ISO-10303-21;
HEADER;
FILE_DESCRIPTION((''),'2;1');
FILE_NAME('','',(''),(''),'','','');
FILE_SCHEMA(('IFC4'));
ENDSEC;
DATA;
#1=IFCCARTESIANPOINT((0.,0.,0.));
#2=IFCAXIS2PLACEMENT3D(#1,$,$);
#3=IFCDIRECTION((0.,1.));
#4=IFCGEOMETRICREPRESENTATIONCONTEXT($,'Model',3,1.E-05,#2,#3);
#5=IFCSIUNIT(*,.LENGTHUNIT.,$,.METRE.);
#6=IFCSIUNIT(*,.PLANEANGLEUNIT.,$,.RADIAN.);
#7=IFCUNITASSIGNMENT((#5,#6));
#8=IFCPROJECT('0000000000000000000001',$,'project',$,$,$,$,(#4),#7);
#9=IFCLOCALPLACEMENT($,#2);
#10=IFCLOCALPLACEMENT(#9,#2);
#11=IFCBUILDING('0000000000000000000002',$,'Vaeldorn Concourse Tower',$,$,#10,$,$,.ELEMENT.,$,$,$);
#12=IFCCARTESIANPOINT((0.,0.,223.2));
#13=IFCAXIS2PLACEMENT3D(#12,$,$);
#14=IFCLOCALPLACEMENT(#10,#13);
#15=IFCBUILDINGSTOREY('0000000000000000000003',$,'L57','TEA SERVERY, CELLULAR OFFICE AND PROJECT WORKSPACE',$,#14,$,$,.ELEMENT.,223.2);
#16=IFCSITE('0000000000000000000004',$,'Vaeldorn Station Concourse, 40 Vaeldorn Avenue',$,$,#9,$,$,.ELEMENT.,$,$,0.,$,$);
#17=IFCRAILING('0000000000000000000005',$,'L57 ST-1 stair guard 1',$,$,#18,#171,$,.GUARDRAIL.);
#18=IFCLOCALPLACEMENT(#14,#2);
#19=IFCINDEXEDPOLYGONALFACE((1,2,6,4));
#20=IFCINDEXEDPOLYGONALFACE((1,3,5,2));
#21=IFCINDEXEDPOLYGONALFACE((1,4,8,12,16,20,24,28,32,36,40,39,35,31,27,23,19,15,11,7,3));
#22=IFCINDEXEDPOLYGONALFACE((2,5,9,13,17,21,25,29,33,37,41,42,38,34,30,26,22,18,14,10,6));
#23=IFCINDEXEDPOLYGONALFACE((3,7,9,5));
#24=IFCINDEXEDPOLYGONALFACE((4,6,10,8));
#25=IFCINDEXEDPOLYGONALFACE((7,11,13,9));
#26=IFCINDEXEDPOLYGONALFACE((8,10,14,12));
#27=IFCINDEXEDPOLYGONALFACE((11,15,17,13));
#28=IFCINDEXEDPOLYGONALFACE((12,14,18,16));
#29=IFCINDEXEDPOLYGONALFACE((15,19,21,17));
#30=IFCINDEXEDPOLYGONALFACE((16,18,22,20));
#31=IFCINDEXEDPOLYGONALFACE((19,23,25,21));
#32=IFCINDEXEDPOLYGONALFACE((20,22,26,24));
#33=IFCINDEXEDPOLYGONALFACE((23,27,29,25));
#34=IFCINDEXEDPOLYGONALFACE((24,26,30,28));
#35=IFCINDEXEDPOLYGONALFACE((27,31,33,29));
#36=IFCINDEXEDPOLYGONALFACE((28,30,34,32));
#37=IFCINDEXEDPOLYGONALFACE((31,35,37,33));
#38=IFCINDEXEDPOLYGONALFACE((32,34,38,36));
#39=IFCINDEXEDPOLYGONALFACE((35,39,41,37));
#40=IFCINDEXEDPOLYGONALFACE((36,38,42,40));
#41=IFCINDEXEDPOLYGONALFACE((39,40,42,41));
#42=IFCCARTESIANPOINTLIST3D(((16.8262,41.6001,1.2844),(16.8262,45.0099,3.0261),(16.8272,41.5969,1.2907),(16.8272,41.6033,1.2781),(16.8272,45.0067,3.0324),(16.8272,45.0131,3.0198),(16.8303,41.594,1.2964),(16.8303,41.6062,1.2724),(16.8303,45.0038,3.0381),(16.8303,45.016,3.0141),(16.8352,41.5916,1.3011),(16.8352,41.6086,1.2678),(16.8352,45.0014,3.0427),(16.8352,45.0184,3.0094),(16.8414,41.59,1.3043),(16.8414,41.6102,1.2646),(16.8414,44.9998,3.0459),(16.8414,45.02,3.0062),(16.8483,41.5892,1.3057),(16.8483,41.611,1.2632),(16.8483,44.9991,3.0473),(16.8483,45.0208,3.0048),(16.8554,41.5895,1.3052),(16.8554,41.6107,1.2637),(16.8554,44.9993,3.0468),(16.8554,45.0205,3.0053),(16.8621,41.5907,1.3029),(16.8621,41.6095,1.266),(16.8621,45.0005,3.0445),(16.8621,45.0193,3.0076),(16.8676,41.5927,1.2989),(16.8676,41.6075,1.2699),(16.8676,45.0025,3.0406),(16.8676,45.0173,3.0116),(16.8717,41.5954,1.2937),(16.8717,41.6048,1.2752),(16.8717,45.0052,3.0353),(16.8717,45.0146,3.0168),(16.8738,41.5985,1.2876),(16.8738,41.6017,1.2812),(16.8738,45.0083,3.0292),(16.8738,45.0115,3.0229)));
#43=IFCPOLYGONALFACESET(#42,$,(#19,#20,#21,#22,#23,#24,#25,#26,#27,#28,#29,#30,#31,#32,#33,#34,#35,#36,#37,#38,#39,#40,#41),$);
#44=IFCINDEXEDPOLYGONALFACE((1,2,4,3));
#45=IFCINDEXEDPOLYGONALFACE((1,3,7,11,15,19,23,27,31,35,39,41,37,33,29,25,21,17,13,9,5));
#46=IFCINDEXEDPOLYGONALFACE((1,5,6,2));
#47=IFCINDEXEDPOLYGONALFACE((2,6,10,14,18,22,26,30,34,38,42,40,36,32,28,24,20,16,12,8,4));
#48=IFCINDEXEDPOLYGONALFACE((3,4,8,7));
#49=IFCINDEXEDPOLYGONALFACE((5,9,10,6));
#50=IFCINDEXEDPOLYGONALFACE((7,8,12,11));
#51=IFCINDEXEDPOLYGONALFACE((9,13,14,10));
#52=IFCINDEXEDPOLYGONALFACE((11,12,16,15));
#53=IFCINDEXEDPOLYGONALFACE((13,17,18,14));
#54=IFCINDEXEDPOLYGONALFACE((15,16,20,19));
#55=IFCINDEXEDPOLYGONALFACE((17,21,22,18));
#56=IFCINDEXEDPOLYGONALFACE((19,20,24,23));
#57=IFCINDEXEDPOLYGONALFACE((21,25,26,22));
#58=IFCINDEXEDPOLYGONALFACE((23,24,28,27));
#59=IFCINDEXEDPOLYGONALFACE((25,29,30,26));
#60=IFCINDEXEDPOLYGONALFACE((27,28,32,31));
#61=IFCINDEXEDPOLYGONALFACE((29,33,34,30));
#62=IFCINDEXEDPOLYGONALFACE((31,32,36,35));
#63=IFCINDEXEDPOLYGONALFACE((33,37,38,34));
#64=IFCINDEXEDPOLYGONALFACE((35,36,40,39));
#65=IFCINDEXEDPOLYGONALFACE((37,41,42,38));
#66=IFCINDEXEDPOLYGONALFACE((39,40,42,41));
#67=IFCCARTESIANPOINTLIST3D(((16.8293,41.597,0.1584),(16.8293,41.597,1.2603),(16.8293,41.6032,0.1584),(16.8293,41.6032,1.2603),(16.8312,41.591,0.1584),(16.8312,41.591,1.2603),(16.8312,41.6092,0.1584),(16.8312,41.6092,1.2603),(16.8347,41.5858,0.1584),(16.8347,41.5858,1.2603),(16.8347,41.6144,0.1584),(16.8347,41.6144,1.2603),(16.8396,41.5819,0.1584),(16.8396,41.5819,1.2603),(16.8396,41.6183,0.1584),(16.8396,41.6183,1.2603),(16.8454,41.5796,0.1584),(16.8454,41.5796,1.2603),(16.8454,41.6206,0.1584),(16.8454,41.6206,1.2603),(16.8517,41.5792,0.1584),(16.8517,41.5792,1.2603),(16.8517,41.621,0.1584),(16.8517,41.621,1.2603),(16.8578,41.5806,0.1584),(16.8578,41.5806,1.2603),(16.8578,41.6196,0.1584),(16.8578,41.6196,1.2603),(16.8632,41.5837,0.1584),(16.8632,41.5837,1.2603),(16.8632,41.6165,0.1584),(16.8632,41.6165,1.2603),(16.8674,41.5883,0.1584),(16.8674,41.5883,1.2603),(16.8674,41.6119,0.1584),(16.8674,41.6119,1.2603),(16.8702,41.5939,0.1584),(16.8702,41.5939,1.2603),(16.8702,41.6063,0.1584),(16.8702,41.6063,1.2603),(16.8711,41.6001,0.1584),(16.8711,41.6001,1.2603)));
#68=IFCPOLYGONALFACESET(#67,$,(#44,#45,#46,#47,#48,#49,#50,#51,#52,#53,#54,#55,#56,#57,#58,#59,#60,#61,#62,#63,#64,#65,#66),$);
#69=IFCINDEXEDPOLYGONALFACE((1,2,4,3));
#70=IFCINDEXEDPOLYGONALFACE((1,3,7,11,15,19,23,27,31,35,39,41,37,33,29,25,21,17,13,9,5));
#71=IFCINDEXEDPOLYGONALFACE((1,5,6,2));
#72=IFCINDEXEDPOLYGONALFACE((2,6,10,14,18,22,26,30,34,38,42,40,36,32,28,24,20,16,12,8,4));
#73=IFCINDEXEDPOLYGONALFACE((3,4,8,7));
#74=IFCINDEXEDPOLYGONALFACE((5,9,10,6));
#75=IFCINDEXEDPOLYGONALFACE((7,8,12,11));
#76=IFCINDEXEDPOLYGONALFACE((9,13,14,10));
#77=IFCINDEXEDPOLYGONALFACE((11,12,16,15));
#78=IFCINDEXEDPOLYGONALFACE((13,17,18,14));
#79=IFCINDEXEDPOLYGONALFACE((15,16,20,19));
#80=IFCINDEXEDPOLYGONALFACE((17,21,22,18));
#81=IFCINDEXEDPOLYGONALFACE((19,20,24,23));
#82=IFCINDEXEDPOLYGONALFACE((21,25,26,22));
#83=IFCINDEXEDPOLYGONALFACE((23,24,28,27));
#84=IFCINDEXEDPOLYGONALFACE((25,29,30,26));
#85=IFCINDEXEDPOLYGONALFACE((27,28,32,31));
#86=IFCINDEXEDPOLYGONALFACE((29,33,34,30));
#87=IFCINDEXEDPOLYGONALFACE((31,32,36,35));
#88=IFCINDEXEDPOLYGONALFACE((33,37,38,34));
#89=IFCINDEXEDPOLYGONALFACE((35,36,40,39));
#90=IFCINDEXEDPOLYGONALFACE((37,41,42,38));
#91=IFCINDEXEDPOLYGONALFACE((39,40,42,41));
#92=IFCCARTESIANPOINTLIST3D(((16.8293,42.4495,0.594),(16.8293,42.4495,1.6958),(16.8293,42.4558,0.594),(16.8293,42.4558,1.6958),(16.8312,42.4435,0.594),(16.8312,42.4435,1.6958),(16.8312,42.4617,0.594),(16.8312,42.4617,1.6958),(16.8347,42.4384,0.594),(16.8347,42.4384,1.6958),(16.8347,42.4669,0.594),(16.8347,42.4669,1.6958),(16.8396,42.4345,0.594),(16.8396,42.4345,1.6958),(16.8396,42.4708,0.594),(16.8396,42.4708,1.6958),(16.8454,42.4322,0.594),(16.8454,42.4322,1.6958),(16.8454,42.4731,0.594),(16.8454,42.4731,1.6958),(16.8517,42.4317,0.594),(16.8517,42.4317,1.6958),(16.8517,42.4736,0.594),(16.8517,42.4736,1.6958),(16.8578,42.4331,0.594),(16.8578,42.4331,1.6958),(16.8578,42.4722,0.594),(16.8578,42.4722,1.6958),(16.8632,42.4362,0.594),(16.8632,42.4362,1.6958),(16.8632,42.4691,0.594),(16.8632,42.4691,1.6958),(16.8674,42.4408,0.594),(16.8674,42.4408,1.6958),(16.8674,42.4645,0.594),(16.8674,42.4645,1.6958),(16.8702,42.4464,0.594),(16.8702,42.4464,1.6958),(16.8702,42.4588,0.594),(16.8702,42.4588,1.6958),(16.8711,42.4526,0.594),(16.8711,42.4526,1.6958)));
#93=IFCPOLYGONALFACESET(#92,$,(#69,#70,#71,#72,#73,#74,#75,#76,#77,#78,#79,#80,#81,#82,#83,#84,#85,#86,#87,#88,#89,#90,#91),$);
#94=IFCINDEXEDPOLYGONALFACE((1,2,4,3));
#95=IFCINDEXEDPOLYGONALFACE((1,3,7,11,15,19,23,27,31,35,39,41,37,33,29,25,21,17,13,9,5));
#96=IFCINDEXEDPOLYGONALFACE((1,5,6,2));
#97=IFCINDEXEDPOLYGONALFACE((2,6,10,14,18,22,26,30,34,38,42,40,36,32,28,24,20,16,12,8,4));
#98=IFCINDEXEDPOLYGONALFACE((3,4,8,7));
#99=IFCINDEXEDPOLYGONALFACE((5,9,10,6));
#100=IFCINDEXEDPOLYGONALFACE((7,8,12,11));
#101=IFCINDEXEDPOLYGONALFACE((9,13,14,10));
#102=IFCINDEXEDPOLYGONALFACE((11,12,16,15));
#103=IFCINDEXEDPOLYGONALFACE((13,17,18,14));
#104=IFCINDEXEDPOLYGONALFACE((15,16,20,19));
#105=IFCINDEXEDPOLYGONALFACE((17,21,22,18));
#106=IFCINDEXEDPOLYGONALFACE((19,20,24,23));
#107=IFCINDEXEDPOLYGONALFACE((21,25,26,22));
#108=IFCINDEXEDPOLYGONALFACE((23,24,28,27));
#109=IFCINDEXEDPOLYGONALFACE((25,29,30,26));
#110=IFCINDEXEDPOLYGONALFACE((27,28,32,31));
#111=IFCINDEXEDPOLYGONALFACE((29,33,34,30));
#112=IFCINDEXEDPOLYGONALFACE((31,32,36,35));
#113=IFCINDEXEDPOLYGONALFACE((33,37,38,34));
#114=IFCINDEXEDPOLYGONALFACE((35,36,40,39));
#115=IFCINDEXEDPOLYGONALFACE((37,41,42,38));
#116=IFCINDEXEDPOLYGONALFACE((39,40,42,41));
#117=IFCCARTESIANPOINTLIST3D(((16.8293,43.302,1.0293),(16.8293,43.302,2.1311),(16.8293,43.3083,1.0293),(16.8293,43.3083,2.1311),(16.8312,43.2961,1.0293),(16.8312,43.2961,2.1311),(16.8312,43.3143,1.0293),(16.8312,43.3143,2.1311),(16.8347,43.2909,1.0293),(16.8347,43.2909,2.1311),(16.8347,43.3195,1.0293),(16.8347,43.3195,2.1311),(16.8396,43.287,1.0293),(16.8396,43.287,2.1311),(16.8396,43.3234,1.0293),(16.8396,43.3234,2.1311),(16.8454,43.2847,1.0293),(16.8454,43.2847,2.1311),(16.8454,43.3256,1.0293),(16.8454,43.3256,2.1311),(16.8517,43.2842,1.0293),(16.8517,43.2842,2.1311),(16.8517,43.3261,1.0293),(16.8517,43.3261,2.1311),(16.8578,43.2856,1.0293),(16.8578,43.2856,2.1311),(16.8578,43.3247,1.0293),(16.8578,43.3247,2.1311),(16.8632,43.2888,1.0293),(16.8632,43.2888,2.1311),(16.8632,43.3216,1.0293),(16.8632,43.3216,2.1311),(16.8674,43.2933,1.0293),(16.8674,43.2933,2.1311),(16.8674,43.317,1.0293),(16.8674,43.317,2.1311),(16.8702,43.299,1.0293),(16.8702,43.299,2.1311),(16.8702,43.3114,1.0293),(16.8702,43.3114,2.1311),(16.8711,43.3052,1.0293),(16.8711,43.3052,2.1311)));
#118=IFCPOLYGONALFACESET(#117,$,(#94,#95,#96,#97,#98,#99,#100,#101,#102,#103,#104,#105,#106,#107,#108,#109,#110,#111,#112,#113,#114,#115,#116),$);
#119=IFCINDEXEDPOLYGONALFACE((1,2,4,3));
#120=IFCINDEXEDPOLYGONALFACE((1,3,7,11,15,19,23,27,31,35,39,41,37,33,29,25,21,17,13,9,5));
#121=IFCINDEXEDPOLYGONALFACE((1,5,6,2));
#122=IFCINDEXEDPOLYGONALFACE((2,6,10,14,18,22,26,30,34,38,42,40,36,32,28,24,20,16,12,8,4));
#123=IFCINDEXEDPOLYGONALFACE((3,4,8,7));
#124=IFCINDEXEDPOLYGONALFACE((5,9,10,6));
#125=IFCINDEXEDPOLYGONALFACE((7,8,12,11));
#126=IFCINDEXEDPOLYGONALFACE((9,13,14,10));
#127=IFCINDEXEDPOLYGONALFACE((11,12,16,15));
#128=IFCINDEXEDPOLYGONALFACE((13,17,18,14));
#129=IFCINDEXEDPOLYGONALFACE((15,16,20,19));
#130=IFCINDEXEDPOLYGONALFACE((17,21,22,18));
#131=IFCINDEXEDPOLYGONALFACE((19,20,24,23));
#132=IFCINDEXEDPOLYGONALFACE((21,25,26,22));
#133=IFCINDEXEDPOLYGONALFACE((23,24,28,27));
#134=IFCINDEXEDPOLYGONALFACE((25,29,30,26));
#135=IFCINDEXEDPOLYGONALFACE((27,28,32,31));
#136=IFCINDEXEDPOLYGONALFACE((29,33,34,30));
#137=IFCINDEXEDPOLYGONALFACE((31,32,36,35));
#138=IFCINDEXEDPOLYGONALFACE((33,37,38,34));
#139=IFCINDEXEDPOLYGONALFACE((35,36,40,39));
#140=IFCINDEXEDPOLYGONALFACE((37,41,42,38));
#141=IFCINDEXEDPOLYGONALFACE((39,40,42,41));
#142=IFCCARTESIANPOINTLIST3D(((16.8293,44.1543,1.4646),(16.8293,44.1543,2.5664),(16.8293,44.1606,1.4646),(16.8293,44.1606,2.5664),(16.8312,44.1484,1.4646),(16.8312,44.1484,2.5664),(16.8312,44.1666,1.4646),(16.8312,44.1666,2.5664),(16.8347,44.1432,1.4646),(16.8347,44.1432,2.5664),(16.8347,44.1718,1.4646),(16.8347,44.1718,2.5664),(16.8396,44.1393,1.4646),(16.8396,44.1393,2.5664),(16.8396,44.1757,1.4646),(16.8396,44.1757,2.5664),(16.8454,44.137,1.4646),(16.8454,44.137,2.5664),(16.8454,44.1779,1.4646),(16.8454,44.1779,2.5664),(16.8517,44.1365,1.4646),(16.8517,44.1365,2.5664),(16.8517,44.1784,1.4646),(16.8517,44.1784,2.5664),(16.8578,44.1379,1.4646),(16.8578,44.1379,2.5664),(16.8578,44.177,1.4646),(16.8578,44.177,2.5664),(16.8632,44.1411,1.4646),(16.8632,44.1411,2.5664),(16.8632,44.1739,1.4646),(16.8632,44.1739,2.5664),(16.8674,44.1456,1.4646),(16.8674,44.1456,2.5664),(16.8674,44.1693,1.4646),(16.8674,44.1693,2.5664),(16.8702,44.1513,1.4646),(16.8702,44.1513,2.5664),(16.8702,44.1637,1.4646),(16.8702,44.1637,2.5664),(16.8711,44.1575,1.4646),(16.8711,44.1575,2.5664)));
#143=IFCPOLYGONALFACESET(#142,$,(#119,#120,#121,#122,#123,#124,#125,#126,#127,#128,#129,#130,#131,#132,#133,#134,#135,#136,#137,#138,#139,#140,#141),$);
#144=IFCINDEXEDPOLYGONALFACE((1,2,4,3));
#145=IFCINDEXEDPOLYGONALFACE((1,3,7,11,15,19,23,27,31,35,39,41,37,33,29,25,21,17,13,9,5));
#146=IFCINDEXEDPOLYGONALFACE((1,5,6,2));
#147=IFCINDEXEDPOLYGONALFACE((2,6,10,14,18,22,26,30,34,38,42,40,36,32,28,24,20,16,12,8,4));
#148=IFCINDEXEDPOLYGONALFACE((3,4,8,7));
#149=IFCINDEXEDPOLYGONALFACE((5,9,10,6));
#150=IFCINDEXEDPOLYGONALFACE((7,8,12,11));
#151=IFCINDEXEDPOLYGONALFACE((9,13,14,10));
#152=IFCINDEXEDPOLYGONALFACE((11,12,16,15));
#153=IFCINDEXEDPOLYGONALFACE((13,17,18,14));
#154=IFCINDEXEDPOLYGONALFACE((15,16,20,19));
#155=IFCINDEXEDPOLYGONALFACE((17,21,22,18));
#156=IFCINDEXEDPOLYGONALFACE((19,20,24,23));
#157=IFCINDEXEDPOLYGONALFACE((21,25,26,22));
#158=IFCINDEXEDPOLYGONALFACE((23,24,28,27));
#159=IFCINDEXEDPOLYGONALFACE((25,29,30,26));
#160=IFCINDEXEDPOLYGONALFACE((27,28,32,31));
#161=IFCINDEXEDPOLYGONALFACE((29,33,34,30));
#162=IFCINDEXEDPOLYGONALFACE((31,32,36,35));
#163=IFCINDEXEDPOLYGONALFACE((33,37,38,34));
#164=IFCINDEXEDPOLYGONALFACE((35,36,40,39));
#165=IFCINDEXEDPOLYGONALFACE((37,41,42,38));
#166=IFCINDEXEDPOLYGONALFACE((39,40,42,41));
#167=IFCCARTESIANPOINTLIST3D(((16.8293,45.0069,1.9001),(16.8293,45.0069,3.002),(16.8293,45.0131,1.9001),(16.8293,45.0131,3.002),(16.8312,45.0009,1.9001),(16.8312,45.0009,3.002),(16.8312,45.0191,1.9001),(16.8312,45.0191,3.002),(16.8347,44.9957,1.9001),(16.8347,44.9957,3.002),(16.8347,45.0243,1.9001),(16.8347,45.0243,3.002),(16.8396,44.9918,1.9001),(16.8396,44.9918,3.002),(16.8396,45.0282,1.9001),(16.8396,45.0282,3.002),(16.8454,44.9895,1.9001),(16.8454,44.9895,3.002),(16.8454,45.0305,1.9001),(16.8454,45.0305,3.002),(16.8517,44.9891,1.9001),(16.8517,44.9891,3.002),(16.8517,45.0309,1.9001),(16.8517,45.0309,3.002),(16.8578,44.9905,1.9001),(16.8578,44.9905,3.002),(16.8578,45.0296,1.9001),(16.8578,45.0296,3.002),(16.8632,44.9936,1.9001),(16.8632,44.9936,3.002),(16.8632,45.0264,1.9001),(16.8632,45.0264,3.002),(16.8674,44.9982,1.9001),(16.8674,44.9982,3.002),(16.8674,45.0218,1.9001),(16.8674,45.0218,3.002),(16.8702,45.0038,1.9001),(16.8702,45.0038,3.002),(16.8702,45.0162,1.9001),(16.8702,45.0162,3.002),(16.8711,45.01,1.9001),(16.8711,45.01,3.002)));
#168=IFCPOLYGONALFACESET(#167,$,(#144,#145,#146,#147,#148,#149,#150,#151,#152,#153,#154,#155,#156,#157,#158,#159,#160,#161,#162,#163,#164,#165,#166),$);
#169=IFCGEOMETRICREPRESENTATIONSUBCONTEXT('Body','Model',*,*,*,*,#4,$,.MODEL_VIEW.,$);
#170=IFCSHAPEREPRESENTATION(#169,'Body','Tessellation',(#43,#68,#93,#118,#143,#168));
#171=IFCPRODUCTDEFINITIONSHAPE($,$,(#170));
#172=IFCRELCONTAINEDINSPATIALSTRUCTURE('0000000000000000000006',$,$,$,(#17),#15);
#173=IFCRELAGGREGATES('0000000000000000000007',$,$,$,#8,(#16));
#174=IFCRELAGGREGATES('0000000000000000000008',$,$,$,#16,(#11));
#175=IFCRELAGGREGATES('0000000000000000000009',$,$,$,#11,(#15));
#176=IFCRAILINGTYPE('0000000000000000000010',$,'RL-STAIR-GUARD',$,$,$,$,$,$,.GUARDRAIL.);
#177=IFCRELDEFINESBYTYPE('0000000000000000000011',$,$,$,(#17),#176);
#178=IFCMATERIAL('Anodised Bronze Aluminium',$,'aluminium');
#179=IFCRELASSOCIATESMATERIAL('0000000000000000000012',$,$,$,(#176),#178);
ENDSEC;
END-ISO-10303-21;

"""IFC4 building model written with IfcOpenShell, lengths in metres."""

from ifc_helpers import new_model, si_unit, direction, frame, origin, origin_2d, place, context, subcontext, project, spatial, circle, extrude, material, type_object, element, save


model = new_model("IFC4")

# Units and contexts
model_context = context("Model", 3, precision=1e-05, world=origin(), true_north=direction((0.0, 1.0)))
body_context = subcontext(model_context, "Body", "Model", "MODEL_VIEW")
ifc_project = project(units=[si_unit("LENGTHUNIT", "METRE"), si_unit("PLANEANGLEUNIT", "RADIAN")], contexts=[model_context])

# Site, building, storey
site_placement = place(None, origin())
site = spatial("IfcSite", under=ifc_project, at=site_placement, Name="Vaeldorn Station Concourse, 40 Vaeldorn Avenue", CompositionType="ELEMENT", RefElevation=0.0)
building_placement = place(site_placement, origin())
building = spatial("IfcBuilding", under=site, at=building_placement, Name="Vaeldorn Concourse Tower", CompositionType="ELEMENT")
storey_placement = place(building_placement, frame((0.0, 0.0, 223.2)))
storey = spatial("IfcBuildingStorey", under=building, at=storey_placement, Name="L57", Description="TEA SERVERY, CELLULAR OFFICE AND PROJECT WORKSPACE", CompositionType="ELEMENT", Elevation=223.2)

# Shared definitions
ifc_material_1 = material(Name="Anodised Bronze Aluminium", Category="aluminium")

# Railing
railing_type_1 = type_object("IfcRailingType", Name="RL-STAIR-GUARD", PredefinedType="GUARDRAIL", material=ifc_material_1)
railing_1_placement = place(storey_placement, frame((16.8501, 41.6001, 0.1584)))
element("IfcRailing", 1, at=railing_1_placement, inside=storey, type_object=railing_type_1, Name="L57 ST-1 stair guard 1", PredefinedType="GUARDRAIL", context=body_context, shape_type="SweptSolid", body=[
    extrude(circle(Radius=0.0239, at=origin_2d()), frame((0.0, 0.0, 1.126), z_axis=(0.0, 0.890556, 0.454874), x_axis=(-1.0, 0.0, 0.0)), (0.0, 0.0, 1.0), 3.8289),
    extrude(circle(Radius=0.021, at=origin_2d()), origin(), (0.0, 0.0, 1.0), 1.1018),
    extrude(circle(Radius=0.021, at=origin_2d()), frame((0.0, 0.8525, 0.4355)), (0.0, 0.0, 1.0), 1.1018),
    extrude(circle(Radius=0.021, at=origin_2d()), frame((0.0, 1.7051, 0.8708)), (0.0, 0.0, 1.0), 1.1018),
    extrude(circle(Radius=0.021, at=origin_2d()), frame((0.0, 2.5574, 1.3062)), (0.0, 0.0, 1.0), 1.1018),
    extrude(circle(Radius=0.021, at=origin_2d()), frame((0.0, 3.4099, 1.7417)), (0.0, 0.0, 1.0), 1.1018),
])

save(model, "model.ifc")
